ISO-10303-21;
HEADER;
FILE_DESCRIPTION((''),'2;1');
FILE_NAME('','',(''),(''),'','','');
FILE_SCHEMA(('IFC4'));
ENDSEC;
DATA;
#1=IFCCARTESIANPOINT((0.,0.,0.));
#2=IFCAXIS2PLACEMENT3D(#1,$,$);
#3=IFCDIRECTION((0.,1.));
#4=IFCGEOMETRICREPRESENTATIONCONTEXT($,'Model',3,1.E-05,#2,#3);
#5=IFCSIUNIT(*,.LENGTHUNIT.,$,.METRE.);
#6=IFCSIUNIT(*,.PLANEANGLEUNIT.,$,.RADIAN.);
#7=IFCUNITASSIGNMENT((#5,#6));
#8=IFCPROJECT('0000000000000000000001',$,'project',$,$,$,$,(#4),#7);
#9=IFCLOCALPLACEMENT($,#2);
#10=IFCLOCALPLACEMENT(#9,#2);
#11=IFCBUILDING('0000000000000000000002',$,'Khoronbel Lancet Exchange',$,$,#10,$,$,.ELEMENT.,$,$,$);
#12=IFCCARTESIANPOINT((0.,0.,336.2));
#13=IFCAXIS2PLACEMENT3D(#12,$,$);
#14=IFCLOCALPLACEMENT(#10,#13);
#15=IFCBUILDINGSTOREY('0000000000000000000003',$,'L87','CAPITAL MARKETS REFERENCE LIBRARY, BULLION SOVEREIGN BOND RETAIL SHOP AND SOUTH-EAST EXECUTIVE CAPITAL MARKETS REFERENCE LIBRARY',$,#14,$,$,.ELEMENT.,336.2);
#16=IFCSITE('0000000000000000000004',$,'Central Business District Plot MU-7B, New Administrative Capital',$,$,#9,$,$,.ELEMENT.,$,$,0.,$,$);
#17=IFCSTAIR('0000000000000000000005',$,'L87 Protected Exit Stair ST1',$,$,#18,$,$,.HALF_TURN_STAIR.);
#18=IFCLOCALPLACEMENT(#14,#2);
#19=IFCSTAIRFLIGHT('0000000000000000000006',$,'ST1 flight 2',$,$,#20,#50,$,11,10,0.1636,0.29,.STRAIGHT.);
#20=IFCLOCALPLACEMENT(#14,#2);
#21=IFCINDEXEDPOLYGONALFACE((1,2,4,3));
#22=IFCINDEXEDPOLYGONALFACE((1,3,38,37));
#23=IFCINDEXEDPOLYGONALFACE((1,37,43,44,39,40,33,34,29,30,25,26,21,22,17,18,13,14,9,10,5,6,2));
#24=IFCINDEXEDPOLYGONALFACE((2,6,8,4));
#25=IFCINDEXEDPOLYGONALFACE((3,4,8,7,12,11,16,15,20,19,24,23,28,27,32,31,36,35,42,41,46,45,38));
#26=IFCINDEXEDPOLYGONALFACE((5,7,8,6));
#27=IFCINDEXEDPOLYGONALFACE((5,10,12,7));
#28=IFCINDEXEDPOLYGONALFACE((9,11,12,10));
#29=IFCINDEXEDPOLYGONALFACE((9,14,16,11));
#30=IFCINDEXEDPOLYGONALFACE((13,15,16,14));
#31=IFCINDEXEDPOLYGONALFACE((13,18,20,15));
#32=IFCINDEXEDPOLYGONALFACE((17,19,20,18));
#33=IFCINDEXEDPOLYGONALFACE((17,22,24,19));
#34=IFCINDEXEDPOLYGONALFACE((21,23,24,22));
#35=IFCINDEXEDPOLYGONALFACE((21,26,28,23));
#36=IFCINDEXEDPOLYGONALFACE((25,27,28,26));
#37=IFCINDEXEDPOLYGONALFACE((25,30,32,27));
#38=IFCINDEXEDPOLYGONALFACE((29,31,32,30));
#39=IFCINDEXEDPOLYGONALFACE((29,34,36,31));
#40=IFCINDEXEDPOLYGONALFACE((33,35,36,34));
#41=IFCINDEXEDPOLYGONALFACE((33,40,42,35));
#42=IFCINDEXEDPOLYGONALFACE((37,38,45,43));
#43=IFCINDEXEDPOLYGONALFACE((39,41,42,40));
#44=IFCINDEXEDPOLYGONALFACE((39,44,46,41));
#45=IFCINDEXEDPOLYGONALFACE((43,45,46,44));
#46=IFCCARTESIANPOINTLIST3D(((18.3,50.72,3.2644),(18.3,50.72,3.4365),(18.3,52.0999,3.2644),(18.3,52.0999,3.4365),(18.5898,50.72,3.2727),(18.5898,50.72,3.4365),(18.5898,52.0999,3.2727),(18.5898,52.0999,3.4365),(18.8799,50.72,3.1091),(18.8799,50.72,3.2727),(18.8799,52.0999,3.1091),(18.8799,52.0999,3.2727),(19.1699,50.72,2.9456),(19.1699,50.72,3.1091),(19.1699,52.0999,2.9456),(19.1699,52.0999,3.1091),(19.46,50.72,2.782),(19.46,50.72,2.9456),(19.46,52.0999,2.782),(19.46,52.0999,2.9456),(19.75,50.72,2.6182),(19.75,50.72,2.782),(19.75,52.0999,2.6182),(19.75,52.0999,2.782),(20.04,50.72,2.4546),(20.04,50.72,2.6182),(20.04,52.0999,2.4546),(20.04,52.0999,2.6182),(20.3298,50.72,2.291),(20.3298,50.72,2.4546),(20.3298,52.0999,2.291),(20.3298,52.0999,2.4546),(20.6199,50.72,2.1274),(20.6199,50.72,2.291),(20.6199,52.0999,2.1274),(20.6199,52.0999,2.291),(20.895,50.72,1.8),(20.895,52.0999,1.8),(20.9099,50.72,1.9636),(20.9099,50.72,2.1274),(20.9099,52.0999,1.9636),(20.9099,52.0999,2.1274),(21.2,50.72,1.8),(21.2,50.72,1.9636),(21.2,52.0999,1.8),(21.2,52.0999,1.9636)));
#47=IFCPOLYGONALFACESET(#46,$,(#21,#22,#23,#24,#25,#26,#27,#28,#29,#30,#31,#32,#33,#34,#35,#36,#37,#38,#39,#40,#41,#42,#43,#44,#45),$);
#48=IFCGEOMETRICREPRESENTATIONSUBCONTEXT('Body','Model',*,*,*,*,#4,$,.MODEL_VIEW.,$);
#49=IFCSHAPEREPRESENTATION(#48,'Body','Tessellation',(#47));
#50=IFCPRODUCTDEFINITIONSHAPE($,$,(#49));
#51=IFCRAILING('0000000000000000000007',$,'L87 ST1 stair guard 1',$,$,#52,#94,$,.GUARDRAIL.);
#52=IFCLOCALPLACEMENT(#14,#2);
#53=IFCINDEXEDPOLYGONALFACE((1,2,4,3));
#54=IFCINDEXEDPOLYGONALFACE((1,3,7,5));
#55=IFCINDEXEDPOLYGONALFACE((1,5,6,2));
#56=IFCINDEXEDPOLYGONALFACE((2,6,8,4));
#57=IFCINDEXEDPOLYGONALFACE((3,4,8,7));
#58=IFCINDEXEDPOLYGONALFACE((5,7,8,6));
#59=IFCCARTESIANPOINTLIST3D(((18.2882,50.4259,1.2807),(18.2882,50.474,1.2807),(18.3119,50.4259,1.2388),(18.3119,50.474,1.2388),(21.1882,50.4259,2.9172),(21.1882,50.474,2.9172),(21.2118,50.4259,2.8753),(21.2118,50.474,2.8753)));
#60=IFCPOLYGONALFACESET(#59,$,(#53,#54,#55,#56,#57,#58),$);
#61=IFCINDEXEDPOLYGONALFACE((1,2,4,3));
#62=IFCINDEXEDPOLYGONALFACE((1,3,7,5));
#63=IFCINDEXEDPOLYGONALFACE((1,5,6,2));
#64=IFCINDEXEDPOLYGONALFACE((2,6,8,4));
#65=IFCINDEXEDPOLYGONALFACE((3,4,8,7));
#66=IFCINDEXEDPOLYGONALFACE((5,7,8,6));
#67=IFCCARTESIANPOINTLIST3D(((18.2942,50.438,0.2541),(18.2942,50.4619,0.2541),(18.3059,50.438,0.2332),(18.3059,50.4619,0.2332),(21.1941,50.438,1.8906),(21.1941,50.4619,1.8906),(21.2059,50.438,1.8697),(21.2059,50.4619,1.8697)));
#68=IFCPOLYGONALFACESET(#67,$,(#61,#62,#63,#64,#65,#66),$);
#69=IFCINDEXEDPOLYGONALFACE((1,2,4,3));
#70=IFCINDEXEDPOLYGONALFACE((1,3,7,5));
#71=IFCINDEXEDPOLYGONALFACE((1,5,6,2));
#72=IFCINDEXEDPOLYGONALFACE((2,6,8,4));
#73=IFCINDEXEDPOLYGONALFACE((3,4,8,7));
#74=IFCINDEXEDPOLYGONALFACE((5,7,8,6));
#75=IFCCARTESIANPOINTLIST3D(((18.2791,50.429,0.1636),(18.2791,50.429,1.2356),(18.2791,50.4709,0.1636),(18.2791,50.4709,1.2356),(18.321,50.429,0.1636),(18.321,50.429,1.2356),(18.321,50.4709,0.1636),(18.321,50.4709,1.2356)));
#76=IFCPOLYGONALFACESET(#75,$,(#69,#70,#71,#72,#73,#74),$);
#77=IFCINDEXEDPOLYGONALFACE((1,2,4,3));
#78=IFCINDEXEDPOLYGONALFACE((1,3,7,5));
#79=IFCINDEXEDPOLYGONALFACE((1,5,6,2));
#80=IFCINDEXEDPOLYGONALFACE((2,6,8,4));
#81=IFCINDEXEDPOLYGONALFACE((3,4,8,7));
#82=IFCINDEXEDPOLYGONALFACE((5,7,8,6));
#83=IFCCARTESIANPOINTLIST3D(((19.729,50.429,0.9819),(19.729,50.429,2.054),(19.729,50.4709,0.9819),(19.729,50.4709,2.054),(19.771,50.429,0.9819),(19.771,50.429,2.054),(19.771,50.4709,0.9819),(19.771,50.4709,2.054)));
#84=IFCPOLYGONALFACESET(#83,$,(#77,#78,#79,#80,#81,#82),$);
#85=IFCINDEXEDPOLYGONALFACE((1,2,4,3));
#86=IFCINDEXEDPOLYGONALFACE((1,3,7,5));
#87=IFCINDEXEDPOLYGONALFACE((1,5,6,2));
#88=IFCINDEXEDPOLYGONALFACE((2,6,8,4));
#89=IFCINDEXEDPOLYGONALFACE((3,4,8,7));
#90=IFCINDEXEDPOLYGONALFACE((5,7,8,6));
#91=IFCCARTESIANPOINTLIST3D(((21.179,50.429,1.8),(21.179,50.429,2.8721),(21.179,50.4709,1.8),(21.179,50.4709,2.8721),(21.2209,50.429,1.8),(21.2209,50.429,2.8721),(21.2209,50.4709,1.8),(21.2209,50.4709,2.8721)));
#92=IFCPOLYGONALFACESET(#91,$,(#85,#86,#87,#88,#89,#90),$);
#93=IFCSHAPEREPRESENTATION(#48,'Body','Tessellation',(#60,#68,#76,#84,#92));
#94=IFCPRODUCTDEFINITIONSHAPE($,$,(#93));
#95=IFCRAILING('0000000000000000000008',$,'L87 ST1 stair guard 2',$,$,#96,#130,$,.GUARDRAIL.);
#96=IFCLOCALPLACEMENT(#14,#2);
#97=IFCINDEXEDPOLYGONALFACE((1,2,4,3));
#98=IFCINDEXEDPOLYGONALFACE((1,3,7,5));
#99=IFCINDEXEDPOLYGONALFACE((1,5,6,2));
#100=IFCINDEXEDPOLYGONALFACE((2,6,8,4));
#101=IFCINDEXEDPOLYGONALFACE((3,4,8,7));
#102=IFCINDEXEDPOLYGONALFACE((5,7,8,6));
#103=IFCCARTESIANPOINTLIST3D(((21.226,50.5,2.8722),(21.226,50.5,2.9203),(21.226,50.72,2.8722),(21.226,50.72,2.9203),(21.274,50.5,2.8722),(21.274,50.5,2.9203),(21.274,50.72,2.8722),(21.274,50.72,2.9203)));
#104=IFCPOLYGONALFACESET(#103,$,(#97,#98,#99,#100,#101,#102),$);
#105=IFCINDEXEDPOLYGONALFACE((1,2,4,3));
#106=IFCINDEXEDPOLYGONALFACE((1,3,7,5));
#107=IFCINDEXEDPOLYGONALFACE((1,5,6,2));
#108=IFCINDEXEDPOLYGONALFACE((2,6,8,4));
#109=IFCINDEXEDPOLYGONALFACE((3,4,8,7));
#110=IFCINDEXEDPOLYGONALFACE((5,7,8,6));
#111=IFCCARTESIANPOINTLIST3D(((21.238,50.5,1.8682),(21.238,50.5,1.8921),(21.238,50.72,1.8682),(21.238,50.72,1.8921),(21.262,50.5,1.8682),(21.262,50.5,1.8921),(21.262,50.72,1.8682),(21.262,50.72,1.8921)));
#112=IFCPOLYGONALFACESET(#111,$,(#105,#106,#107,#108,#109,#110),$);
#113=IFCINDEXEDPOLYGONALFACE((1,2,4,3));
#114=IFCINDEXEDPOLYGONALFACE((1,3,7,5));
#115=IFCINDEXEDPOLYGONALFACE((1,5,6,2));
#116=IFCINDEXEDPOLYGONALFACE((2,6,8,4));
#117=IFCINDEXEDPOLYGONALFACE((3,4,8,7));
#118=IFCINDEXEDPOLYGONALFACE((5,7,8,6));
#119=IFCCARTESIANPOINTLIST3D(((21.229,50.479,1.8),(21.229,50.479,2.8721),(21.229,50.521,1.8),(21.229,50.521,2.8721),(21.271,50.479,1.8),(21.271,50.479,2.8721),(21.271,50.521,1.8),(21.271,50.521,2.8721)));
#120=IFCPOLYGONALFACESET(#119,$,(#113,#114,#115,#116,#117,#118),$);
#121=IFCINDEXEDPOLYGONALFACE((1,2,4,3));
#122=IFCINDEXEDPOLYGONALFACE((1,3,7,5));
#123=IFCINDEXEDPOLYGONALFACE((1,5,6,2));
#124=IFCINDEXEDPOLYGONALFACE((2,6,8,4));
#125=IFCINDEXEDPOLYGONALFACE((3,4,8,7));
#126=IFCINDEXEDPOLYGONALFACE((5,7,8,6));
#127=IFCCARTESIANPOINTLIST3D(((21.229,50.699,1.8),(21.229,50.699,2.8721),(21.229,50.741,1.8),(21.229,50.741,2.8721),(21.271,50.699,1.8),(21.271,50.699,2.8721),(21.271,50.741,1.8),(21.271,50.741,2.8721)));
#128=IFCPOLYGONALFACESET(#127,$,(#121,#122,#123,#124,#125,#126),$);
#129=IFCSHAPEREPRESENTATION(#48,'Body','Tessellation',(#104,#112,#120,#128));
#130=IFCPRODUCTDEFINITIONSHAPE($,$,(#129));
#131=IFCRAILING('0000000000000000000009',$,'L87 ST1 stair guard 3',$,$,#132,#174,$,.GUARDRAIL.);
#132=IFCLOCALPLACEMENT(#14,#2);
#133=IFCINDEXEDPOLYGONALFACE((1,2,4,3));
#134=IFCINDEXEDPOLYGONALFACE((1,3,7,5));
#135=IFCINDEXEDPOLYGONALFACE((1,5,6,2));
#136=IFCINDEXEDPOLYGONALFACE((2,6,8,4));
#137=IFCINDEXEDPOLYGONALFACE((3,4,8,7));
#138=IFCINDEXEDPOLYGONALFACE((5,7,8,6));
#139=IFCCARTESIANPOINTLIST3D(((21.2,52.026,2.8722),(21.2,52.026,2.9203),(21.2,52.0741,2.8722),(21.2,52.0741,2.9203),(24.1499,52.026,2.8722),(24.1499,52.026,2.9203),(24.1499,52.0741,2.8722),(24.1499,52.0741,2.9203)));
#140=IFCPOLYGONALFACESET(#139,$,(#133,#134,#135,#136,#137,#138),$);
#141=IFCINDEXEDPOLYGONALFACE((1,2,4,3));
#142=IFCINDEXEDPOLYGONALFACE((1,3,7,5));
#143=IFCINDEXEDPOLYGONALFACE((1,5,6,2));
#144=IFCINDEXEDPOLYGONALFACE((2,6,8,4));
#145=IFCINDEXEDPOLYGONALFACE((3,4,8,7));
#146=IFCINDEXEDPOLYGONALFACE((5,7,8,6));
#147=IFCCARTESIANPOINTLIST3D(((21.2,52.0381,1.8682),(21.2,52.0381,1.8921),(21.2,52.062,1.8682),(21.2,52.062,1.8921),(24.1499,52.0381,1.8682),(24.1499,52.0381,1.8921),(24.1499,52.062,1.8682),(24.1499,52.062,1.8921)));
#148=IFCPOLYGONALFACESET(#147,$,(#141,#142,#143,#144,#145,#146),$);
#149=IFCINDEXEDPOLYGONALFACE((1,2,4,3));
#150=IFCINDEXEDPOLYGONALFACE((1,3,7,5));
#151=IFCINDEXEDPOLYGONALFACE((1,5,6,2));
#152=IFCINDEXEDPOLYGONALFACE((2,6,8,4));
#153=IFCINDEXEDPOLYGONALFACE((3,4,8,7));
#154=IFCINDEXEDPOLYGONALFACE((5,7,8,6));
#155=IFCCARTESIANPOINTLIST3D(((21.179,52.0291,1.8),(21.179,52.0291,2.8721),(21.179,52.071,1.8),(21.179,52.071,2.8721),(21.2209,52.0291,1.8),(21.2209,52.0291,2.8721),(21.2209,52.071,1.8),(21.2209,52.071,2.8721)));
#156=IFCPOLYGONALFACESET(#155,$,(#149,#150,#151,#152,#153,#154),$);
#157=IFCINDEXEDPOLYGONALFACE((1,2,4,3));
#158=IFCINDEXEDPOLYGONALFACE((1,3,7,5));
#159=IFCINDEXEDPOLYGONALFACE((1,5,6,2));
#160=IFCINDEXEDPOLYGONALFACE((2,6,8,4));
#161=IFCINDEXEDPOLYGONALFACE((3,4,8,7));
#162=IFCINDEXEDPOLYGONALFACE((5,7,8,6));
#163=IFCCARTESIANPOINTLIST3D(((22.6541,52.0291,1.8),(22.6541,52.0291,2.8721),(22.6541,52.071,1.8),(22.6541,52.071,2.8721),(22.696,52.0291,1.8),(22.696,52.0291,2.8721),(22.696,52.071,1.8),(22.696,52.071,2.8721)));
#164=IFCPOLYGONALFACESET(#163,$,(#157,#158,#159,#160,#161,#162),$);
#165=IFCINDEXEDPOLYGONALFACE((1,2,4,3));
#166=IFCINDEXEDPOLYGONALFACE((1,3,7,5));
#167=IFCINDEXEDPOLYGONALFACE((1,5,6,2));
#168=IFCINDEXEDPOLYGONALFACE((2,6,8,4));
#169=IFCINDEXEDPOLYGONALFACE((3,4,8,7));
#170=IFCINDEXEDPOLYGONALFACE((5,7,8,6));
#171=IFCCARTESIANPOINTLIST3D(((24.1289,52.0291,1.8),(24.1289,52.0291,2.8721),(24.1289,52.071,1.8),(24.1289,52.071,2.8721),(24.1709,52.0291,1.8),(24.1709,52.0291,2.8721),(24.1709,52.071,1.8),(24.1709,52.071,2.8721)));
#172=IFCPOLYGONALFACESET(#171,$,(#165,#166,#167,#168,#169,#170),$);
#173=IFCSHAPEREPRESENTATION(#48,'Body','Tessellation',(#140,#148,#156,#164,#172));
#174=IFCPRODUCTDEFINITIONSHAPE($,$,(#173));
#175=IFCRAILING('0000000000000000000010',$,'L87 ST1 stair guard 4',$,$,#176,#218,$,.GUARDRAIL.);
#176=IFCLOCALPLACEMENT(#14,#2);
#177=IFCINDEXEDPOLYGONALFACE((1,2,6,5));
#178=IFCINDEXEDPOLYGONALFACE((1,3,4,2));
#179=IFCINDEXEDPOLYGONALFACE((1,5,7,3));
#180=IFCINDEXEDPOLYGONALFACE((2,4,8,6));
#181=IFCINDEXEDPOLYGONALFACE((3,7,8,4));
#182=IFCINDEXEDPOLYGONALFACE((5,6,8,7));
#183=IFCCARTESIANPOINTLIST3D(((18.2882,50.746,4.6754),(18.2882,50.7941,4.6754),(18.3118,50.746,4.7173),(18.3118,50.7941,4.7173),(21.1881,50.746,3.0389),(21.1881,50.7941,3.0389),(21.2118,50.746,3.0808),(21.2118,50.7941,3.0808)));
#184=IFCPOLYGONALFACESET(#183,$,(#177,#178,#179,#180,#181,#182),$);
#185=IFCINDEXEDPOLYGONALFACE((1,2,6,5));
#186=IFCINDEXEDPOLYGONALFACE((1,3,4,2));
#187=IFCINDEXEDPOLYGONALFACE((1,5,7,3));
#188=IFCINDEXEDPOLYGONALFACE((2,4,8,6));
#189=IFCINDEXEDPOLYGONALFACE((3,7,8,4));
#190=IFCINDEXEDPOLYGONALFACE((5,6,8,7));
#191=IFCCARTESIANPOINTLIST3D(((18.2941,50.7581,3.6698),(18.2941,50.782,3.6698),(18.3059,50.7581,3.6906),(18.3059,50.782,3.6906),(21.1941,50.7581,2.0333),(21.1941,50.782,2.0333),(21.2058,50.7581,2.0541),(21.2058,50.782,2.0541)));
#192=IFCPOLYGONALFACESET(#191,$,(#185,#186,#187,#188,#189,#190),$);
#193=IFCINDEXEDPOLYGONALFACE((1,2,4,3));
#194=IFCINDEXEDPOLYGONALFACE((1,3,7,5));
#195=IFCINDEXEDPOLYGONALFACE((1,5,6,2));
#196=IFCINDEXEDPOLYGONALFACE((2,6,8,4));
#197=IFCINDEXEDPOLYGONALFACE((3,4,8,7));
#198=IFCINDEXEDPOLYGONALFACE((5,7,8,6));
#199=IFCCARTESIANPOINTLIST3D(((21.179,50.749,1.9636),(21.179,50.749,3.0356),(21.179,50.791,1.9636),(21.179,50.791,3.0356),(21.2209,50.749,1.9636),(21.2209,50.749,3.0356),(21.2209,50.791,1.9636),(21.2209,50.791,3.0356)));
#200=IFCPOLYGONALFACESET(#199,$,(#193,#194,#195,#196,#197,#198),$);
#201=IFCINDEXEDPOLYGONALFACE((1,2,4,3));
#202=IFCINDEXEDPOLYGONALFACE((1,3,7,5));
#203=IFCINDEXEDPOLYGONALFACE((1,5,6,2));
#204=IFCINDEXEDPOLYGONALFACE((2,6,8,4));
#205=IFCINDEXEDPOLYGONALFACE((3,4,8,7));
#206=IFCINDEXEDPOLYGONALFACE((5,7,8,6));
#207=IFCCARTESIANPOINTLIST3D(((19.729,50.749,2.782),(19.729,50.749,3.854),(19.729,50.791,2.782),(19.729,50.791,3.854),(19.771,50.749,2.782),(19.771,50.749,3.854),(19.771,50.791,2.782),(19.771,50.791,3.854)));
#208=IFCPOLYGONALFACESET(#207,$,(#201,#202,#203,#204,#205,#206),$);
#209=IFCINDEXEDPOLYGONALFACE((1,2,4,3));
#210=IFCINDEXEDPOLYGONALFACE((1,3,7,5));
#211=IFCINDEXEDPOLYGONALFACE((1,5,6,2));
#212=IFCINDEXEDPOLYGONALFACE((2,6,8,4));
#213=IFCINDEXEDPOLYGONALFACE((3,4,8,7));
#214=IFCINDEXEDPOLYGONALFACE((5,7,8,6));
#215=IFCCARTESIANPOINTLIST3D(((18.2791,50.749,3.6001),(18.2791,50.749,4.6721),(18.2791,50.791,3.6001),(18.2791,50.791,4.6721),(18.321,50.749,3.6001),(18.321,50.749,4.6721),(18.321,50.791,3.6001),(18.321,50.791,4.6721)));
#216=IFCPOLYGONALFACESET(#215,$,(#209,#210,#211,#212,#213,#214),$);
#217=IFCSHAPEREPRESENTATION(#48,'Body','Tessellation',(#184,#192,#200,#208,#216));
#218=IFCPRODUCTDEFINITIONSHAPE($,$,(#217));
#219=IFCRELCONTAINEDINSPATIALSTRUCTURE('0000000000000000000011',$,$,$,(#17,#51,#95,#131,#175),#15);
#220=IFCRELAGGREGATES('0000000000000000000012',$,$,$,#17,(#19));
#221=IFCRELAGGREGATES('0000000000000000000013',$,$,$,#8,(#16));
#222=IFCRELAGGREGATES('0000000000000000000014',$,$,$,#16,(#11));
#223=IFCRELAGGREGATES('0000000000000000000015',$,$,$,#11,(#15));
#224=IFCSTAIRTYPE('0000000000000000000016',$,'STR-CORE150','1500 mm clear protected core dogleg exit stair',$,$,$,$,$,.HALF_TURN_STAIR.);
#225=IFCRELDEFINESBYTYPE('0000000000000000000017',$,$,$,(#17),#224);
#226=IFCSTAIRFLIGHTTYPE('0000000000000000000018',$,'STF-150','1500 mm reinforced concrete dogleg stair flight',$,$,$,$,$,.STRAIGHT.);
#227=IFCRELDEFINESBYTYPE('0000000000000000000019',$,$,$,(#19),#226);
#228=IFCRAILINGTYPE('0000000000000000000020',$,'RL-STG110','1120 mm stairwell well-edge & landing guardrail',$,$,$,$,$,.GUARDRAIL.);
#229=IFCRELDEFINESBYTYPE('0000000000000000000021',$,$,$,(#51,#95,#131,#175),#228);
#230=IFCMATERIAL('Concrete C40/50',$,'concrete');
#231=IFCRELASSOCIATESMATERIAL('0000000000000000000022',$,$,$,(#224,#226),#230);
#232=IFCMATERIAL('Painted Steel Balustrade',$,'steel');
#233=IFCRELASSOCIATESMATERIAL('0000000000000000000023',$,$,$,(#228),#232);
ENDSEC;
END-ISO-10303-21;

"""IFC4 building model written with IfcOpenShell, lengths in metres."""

from ifc_helpers import new_model, si_unit, direction, frame, origin, origin_2d, place, context, subcontext, project, spatial, polyline, rectangle, outline, extrude, material, type_object, element, aggregate, save


model = new_model("IFC4")

# Units and contexts
model_context = context("Model", 3, precision=1e-05, world=origin(), true_north=direction((0.0, 1.0)))
body_context = subcontext(model_context, "Body", "Model", "MODEL_VIEW")
ifc_project = project(units=[si_unit("LENGTHUNIT", "METRE"), si_unit("PLANEANGLEUNIT", "RADIAN")], contexts=[model_context])

# Site, building, storey
site_placement = place(None, origin())
site = spatial("IfcSite", under=ifc_project, at=site_placement, Name="Central Business District Plot MU-7B, New Administrative Capital", CompositionType="ELEMENT", RefElevation=0.0)
building_placement = place(site_placement, origin())
building = spatial("IfcBuilding", under=site, at=building_placement, Name="Khoronbel Lancet Exchange", CompositionType="ELEMENT")
storey_placement = place(building_placement, frame((0.0, 0.0, 336.2)))
storey = spatial("IfcBuildingStorey", under=building, at=storey_placement, Name="L87", Description="CAPITAL MARKETS REFERENCE LIBRARY, BULLION SOVEREIGN BOND RETAIL SHOP AND SOUTH-EAST EXECUTIVE CAPITAL MARKETS REFERENCE LIBRARY", CompositionType="ELEMENT", Elevation=336.2)

# Stair, stair flight
ifc_material_1 = material(Name="Concrete C40/50", Category="concrete")
stair_type = type_object("IfcStairType", Name="STR-CORE150", Description="1500 mm clear protected core dogleg exit stair", PredefinedType="HALF_TURN_STAIR", material=ifc_material_1)
stair_placement = place(storey_placement, origin())
stair = element("IfcStair", 1, at=stair_placement, inside=storey, type_object=stair_type, Name="L87 Protected Exit Stair ST1", PredefinedType="HALF_TURN_STAIR")
stair_flight_type = type_object("IfcStairFlightType", Name="STF-150", Description="1500 mm reinforced concrete dogleg stair flight", PredefinedType="STRAIGHT", material=ifc_material_1)
stair_flight_1_placement = place(storey_placement, frame((21.2, 51.4099, 1.8), z_axis=(0.0, 0.0, 1.0), x_axis=(-1.0, 0.0, 0.0)))
stair_flight_1 = element("IfcStairFlight", 2, at=stair_flight_1_placement, type_object=stair_flight_type, Name="ST1 flight 2", NumberOfRisers=11, NumberOfTreads=10, PredefinedType="STRAIGHT", RiserHeight=0.1636, TreadLength=0.29, context=body_context, shape_type="SweptSolid", body=[
    extrude(outline(polyline([(0.0, 0.0), (0.0, 0.1636), (0.29, 0.1636), (0.29, 0.3274), (0.5801, 0.3274), (0.5801, 0.491), (0.8701, 0.491), (0.8701, 0.6545), (1.1599, 0.6545), (1.1599, 0.8181), (1.45, 0.8181), (1.45, 0.9819), (1.74, 0.9819), (1.74, 1.1455), (2.03, 1.1455), (2.03, 1.3091), (2.3201, 1.3091), (2.3201, 1.4727), (2.6101, 1.4727), (2.6101, 1.6365), (2.8999, 1.6365), (2.8999, 1.8), (2.8999, 1.4644), (0.3049, 0.0), (0.0, 0.0)])), frame((0.0, 0.6899, 0.0), z_axis=(0.0, -1.0, 0.0), x_axis=(1.0, 0.0, 0.0)), (0.0, 0.0, 1.0), 1.3799),
])
aggregate(stair, [stair_flight_1])

# Railings
ifc_material_2 = material(Name="Painted Steel Balustrade", Category="steel")
railing_type_1 = type_object("IfcRailingType", Name="RL-STG110", Description="1120 mm stairwell well-edge & landing guardrail", PredefinedType="GUARDRAIL", material=ifc_material_2)
railing_1_placement = place(storey_placement, frame((18.3, 50.45, 0.1636)))
element("IfcRailing", 3, at=railing_1_placement, inside=storey, type_object=railing_type_1, Name="L87 ST1 stair guard 1", PredefinedType="GUARDRAIL", context=body_context, shape_type="SweptSolid", body=[
    extrude(rectangle(XDim=0.0481, YDim=0.0481, at=origin_2d()), frame((0.0, 0.0, 1.0962), z_axis=(0.870897, 0.0, 0.491465), x_axis=(0.0, 1.0, 0.0)), (0.0, 0.0, 1.0), 3.3298),
    extrude(rectangle(XDim=0.0239, YDim=0.0239, at=origin_2d()), frame((0.0, 0.0, 0.0801), z_axis=(0.870897, 0.0, 0.491465), x_axis=(0.0, 1.0, 0.0)), (0.0, 0.0, 1.0), 3.3298),
    extrude(rectangle(XDim=0.042, YDim=0.042, at=origin_2d()), origin(), (0.0, 0.0, 1.0), 1.072),
    extrude(rectangle(XDim=0.042, YDim=0.042, at=origin_2d()), frame((1.45, 0.0, 0.8184)), (0.0, 0.0, 1.0), 1.072),
    extrude(rectangle(XDim=0.042, YDim=0.042, at=origin_2d()), frame((2.8999, 0.0, 1.6365)), (0.0, 0.0, 1.0), 1.072),
])
railing_2_placement = place(storey_placement, frame((21.25, 50.5, 1.8)))
element("IfcRailing", 4, at=railing_2_placement, inside=storey, type_object=railing_type_1, Name="L87 ST1 stair guard 2", PredefinedType="GUARDRAIL", context=body_context, shape_type="SweptSolid", body=[
    extrude(rectangle(XDim=0.0481, YDim=0.0481, at=origin_2d()), frame((0.0, 0.0, 1.0962), z_axis=(0.0, 1.0, 0.0), x_axis=(-1.0, 0.0, 0.0)), (0.0, 0.0, 1.0), 0.22),
    extrude(rectangle(XDim=0.0239, YDim=0.0239, at=origin_2d()), frame((0.0, 0.0, 0.0801), z_axis=(0.0, 1.0, 0.0), x_axis=(-1.0, 0.0, 0.0)), (0.0, 0.0, 1.0), 0.22),
    extrude(rectangle(XDim=0.042, YDim=0.042, at=origin_2d()), origin(), (0.0, 0.0, 1.0), 1.072),
    extrude(rectangle(XDim=0.042, YDim=0.042, at=origin_2d()), frame((0.0, 0.22, 0.0)), (0.0, 0.0, 1.0), 1.072),
])
railing_3_placement = place(storey_placement, frame((21.2, 52.05, 1.8)))
element("IfcRailing", 5, at=railing_3_placement, inside=storey, type_object=railing_type_1, Name="L87 ST1 stair guard 3", PredefinedType="GUARDRAIL", context=body_context, shape_type="SweptSolid", body=[
    extrude(rectangle(XDim=0.0481, YDim=0.0481, at=origin_2d()), frame((0.0, 0.0, 1.0962), z_axis=(1.0, 0.0, 0.0), x_axis=(0.0, 1.0, 0.0)), (0.0, 0.0, 1.0), 2.95),
    extrude(rectangle(XDim=0.0239, YDim=0.0239, at=origin_2d()), frame((0.0, 0.0, 0.0801), z_axis=(1.0, 0.0, 0.0), x_axis=(0.0, 1.0, 0.0)), (0.0, 0.0, 1.0), 2.95),
    extrude(rectangle(XDim=0.042, YDim=0.042, at=origin_2d()), origin(), (0.0, 0.0, 1.0), 1.072),
    extrude(rectangle(XDim=0.042, YDim=0.042, at=origin_2d()), frame((1.4751, 0.0, 0.0)), (0.0, 0.0, 1.0), 1.072),
    extrude(rectangle(XDim=0.042, YDim=0.042, at=origin_2d()), frame((2.95, 0.0, 0.0)), (0.0, 0.0, 1.0), 1.072),
])
railing_4_placement = place(storey_placement, frame((21.2, 50.77, 1.9636)))
element("IfcRailing", 6, at=railing_4_placement, inside=storey, type_object=railing_type_1, Name="L87 ST1 stair guard 4", PredefinedType="GUARDRAIL", context=body_context, shape_type="SweptSolid", body=[
    extrude(rectangle(XDim=0.0481, YDim=0.0481, at=origin_2d()), frame((0.0, 0.0, 1.0962), z_axis=(-0.870897, 0.0, 0.491465), x_axis=(0.0, -1.0, 0.0)), (0.0, 0.0, 1.0), 3.3298),
    extrude(rectangle(XDim=0.0239, YDim=0.0239, at=origin_2d()), frame((0.0, 0.0, 0.0801), z_axis=(-0.870897, 0.0, 0.491465), x_axis=(0.0, -1.0, 0.0)), (0.0, 0.0, 1.0), 3.3298),
    extrude(rectangle(XDim=0.042, YDim=0.042, at=origin_2d()), origin(), (0.0, 0.0, 1.0), 1.072),
    extrude(rectangle(XDim=0.042, YDim=0.042, at=origin_2d()), frame((-1.45, 0.0, 0.8184)), (0.0, 0.0, 1.0), 1.072),
    extrude(rectangle(XDim=0.042, YDim=0.042, at=origin_2d()), frame((-2.8999, 0.0, 1.6365)), (0.0, 0.0, 1.0), 1.072),
])

save(model, "model.ifc")
